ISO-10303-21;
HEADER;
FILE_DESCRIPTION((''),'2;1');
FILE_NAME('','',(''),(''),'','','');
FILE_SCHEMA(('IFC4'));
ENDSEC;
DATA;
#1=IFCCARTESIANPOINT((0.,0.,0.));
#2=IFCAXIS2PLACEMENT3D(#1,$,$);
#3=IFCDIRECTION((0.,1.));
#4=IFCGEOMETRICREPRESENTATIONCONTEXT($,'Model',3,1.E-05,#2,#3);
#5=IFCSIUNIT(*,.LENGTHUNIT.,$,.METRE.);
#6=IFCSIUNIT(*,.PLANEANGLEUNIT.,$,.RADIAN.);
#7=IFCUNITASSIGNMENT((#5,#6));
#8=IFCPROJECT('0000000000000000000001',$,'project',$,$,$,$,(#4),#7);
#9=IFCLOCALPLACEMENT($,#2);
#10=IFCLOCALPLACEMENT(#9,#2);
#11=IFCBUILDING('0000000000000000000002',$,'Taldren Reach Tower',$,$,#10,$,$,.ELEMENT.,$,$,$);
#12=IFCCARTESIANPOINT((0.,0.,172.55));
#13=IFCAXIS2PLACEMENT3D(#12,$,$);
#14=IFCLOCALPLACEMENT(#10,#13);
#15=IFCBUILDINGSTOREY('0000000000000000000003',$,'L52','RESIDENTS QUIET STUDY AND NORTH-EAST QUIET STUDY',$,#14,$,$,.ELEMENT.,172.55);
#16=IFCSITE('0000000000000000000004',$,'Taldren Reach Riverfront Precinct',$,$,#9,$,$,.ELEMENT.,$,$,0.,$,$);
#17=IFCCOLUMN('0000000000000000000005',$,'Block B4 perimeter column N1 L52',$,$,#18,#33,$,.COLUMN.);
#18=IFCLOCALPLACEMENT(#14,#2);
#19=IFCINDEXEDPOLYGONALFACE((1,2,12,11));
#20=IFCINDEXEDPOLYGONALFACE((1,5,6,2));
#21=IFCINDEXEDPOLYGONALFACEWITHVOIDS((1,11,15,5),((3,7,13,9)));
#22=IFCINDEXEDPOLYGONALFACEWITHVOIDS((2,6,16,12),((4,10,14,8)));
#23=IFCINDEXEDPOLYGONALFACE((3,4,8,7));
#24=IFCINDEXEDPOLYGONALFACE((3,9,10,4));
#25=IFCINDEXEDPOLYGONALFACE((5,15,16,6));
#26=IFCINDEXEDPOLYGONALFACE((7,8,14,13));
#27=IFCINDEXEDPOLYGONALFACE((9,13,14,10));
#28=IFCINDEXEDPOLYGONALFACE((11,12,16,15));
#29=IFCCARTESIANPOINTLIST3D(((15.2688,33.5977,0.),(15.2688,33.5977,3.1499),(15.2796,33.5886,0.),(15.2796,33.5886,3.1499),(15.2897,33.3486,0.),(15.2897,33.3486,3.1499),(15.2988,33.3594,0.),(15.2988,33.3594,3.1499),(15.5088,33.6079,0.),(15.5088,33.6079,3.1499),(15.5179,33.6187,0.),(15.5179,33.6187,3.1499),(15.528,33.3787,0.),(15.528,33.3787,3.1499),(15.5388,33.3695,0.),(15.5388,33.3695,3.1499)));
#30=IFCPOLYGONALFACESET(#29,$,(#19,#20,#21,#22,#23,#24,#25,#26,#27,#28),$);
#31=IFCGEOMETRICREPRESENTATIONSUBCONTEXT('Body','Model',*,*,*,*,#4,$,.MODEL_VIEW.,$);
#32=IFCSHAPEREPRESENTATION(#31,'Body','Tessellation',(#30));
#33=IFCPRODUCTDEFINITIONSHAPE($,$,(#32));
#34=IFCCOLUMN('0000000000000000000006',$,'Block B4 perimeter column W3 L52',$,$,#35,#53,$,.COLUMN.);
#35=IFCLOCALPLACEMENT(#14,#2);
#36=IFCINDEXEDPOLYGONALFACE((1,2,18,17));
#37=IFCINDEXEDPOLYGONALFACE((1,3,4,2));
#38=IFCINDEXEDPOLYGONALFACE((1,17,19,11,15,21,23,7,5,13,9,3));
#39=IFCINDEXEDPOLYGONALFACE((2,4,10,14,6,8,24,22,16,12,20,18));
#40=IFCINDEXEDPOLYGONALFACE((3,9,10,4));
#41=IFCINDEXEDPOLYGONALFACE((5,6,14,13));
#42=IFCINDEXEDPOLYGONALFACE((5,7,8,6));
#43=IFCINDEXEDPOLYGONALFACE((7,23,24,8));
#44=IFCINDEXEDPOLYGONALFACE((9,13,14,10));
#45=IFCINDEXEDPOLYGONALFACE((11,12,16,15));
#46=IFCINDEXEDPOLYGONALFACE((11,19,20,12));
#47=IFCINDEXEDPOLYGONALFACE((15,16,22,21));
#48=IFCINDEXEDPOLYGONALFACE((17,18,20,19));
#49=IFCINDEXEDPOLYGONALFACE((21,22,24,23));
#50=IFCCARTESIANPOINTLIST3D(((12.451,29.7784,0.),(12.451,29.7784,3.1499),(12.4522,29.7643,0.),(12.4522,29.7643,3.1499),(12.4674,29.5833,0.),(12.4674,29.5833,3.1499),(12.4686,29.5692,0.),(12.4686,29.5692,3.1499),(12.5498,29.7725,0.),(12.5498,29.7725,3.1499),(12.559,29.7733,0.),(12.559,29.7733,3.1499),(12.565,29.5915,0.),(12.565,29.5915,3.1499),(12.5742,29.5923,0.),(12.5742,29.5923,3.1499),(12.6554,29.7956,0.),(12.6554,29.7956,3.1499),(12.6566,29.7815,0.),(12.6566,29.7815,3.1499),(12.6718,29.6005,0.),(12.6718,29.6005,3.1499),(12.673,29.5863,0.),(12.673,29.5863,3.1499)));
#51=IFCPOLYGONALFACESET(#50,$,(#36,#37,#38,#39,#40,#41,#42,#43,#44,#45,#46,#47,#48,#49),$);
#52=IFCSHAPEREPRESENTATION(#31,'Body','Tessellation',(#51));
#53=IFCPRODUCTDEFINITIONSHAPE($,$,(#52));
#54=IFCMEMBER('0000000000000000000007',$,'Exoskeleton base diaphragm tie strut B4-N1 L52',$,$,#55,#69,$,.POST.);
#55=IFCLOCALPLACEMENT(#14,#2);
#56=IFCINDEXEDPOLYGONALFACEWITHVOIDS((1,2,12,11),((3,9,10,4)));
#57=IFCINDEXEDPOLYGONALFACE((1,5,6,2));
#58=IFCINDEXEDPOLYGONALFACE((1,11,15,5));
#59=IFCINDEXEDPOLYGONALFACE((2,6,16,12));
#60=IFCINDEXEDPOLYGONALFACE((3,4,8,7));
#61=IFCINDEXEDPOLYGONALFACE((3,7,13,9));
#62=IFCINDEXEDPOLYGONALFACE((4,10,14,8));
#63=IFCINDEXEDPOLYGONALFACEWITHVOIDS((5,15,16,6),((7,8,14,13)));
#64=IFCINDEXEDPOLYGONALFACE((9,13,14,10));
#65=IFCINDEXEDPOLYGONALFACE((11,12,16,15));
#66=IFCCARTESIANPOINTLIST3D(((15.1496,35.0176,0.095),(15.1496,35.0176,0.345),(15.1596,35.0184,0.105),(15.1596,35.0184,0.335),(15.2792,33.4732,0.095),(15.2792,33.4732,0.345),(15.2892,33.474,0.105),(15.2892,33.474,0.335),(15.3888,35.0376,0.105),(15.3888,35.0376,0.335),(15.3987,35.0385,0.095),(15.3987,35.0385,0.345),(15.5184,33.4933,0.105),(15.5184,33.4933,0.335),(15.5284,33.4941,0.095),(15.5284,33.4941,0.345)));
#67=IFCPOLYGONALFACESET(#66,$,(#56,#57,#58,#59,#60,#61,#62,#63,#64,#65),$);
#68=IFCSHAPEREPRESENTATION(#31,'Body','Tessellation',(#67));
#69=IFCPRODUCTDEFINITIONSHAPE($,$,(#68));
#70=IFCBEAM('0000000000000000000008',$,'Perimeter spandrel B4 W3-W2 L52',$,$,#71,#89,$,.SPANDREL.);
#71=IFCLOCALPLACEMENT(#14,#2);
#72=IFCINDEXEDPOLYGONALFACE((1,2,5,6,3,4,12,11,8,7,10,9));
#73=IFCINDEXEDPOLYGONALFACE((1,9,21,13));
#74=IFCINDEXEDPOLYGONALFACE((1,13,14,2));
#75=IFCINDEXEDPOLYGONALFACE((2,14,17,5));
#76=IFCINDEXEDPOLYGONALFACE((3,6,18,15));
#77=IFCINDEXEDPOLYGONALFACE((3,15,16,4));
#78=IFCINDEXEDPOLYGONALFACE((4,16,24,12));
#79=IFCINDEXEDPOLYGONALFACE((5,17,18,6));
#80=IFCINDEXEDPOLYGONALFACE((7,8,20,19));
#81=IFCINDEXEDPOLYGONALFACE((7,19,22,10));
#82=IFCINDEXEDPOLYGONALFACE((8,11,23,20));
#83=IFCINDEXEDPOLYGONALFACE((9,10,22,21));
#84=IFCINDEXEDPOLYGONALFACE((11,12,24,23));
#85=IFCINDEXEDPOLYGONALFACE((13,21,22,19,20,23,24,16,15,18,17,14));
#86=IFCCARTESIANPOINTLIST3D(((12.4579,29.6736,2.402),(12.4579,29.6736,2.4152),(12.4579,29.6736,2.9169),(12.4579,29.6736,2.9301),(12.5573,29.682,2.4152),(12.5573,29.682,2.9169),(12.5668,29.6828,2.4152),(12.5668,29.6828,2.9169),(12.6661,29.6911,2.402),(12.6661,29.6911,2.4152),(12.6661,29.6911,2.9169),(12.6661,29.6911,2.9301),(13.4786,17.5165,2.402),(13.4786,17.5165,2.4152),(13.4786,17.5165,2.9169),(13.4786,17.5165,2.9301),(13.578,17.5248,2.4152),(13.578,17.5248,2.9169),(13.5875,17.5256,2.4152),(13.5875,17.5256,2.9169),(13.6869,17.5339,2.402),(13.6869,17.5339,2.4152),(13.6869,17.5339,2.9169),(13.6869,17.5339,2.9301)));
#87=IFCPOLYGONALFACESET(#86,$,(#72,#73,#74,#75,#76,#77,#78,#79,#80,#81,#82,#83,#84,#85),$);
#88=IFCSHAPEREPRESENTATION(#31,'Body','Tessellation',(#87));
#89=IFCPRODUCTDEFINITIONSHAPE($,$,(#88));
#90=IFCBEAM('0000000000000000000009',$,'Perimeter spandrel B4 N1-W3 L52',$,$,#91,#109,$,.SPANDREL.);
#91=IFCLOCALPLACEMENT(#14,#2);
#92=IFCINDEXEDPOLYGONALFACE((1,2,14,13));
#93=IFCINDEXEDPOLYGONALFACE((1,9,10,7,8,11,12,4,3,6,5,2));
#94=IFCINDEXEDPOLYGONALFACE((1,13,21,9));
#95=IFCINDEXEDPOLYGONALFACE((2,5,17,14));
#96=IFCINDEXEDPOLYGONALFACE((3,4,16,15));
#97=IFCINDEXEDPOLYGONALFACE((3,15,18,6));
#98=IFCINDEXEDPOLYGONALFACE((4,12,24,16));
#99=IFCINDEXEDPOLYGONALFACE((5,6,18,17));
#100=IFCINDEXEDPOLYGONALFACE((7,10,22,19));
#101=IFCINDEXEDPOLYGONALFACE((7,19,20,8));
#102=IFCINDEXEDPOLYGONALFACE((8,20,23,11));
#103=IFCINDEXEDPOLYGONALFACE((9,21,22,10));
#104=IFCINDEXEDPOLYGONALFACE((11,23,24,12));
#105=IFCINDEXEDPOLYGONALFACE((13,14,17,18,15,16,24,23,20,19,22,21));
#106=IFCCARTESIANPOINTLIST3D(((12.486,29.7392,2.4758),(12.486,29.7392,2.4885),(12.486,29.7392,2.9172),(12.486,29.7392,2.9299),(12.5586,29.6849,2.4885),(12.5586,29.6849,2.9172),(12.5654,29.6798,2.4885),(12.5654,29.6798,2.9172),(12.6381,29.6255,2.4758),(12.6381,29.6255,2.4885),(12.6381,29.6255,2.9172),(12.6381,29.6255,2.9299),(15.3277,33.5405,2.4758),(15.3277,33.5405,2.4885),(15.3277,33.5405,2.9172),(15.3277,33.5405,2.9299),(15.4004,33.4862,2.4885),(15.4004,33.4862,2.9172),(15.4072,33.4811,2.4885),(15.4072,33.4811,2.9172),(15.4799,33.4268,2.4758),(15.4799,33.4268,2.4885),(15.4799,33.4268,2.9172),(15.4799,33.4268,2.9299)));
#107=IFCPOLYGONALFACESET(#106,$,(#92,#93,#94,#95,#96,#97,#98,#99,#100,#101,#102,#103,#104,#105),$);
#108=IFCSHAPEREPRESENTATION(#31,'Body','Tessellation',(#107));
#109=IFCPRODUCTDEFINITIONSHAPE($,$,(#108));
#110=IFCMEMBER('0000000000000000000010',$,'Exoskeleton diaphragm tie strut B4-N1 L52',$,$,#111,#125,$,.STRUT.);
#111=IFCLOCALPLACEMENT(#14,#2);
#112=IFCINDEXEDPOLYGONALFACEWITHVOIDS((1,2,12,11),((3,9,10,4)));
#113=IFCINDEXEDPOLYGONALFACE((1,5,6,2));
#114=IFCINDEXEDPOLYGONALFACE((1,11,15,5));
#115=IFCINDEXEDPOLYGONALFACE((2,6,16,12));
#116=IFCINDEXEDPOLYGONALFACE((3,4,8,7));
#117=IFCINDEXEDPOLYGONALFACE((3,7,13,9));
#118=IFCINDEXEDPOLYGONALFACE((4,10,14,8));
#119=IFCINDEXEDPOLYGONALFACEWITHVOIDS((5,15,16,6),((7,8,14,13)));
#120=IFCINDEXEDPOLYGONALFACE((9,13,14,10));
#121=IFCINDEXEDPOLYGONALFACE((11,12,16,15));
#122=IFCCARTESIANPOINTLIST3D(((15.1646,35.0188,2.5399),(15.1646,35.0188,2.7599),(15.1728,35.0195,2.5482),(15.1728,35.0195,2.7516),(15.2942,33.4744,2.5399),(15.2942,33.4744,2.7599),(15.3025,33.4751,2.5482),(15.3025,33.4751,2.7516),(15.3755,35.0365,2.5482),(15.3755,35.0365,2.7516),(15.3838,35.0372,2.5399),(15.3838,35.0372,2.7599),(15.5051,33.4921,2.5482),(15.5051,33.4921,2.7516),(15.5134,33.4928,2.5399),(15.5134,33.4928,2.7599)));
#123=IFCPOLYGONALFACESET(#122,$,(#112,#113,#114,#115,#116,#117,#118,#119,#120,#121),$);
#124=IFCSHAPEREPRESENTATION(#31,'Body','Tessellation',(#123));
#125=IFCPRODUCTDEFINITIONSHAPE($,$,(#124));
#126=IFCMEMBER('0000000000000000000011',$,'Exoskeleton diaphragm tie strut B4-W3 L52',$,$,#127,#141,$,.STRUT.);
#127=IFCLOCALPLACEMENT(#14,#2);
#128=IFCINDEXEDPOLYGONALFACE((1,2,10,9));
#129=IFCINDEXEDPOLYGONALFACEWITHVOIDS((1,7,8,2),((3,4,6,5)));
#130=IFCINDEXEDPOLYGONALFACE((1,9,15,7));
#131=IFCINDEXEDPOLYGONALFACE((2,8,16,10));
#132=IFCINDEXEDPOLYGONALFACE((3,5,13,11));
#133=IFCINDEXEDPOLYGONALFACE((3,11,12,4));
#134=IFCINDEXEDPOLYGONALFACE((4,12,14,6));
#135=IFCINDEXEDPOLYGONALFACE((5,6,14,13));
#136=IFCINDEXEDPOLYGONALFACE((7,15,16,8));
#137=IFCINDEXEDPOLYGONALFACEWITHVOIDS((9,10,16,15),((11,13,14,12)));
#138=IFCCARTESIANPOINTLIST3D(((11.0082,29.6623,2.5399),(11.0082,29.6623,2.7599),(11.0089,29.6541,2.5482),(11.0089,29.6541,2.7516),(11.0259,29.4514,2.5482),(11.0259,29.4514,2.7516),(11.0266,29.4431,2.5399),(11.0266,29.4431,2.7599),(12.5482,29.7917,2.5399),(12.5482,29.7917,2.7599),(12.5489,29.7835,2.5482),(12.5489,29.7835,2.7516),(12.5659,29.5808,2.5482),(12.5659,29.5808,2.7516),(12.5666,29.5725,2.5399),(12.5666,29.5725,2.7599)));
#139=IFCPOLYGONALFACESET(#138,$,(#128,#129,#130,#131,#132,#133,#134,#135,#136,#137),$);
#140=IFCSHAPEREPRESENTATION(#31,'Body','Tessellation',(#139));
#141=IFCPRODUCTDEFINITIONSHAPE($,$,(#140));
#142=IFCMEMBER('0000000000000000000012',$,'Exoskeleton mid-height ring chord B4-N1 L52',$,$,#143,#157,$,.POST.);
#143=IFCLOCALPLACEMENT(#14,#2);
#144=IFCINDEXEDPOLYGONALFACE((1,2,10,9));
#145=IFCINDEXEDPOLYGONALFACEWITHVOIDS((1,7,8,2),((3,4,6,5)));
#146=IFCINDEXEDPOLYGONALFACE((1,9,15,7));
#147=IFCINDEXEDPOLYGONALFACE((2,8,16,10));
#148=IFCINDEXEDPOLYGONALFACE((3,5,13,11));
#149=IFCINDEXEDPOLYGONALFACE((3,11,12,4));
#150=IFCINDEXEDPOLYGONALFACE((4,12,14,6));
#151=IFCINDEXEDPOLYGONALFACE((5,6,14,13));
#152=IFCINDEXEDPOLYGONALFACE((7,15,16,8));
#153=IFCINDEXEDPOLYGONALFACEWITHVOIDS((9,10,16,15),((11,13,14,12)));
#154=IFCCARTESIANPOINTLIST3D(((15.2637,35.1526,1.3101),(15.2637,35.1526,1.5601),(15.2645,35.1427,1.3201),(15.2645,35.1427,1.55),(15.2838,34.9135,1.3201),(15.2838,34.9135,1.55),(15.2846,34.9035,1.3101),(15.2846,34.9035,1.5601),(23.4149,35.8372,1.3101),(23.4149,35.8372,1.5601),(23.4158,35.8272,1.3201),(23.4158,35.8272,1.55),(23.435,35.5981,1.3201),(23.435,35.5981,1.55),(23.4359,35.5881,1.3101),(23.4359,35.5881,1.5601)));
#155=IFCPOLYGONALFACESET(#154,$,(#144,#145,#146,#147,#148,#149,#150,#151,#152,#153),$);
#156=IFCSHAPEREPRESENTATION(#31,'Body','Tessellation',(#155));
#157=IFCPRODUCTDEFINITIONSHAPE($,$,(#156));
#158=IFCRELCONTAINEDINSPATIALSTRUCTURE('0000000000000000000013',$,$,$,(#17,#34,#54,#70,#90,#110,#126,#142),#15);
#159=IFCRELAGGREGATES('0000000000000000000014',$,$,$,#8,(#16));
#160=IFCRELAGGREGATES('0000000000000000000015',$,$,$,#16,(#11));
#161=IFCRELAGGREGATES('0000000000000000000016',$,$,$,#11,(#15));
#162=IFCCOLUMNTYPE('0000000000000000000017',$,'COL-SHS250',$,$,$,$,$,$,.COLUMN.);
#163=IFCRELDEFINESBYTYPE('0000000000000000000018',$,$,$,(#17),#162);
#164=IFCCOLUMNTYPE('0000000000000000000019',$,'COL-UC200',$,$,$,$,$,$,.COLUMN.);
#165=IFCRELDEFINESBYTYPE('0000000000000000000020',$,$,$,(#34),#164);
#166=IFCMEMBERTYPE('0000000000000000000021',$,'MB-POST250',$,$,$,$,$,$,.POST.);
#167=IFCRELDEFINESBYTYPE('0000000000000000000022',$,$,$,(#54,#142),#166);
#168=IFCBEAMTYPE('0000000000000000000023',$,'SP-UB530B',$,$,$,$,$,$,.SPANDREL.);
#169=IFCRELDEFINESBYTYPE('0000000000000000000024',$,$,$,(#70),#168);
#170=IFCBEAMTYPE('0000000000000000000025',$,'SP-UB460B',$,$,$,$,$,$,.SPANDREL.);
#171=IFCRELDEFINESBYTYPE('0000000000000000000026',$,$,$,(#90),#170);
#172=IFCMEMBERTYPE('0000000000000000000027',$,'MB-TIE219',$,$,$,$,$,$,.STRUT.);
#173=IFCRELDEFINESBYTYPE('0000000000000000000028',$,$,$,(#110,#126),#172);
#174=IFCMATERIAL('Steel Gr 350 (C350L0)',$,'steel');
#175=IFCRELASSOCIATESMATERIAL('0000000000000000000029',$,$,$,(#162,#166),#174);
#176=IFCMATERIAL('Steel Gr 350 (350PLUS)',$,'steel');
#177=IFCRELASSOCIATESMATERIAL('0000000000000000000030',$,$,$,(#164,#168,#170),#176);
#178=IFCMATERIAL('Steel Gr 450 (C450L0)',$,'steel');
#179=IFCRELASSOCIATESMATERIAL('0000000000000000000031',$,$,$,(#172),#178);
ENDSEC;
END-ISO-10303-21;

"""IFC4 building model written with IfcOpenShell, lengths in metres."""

from ifc_helpers import new_model, si_unit, direction, frame, origin, origin_2d, place, context, subcontext, project, spatial, hollow_rectangle, i_section, extrude, source, transform, mapped, material, material_profile, profile_set, type_object, element, save


model = new_model("IFC4")

# Units and contexts
model_context = context("Model", 3, precision=1e-05, world=origin(), true_north=direction((0.0, 1.0)))
body_context = subcontext(model_context, "Body", "Model", "MODEL_VIEW")
ifc_project = project(units=[si_unit("LENGTHUNIT", "METRE"), si_unit("PLANEANGLEUNIT", "RADIAN")], contexts=[model_context])

# Site, building, storey
site_placement = place(None, origin())
site = spatial("IfcSite", under=ifc_project, at=site_placement, Name="Taldren Reach Riverfront Precinct", CompositionType="ELEMENT", RefElevation=0.0)
building_placement = place(site_placement, origin())
building = spatial("IfcBuilding", under=site, at=building_placement, Name="Taldren Reach Tower", CompositionType="ELEMENT")
storey_placement = place(building_placement, frame((0.0, 0.0, 172.55)))
storey = spatial("IfcBuildingStorey", under=building, at=storey_placement, Name="L52", Description="RESIDENTS QUIET STUDY AND NORTH-EAST QUIET STUDY", CompositionType="ELEMENT", Elevation=172.55)

# Columns
ifc_material_1 = material(Name="Steel Gr 350 (C350L0)", Category="steel")
ifc_material_profile_1 = material_profile(ifc_material_1, hollow_rectangle(XDim=0.25, YDim=0.25, WallThickness=0.01, at=origin_2d()), Name="250x250x10.0SHS")
ifc_profile_set_1 = profile_set([ifc_material_profile_1], Name="Steel Gr 350 (C350L0)")
column_type_1 = type_object("IfcColumnType", Name="COL-SHS250", PredefinedType="COLUMN", material=ifc_profile_set_1)
shared_shape_1 = source(origin(), body_context, "Body", "SweptSolid", [
    extrude(hollow_rectangle(XDim=0.25, YDim=0.25, WallThickness=0.01, at=origin_2d()), origin(), (0.0, 0.0, 1.0), 3.1499),
])
column_1_placement = place(storey_placement, frame((15.4038, 33.4836, 0.0), z_axis=(0.0, 0.0, 1.0), x_axis=(0.996493, 0.083678, 0.0)))
element("IfcColumn", 1, at=column_1_placement, inside=storey, type_object=column_type_1, Name="Block B4 perimeter column N1 L52", PredefinedType="COLUMN", context=body_context, shape_type="MappedRepresentation", body=[
    mapped(shared_shape_1, transform((0.0, 0.0, 0.0), scale=1.0)),
])
ifc_material_2 = material(Name="Steel Gr 350 (350PLUS)", Category="steel")
ifc_material_profile_2 = material_profile(ifc_material_2, i_section(OverallWidth=0.2051, OverallDepth=0.21, WebThickness=0.0093, FlangeThickness=0.0142, at=origin_2d()), Name="200UC59.5")
ifc_profile_set_2 = profile_set([ifc_material_profile_2], Name="Steel Gr 350 (350PLUS)")
column_type_2 = type_object("IfcColumnType", Name="COL-UC200", PredefinedType="COLUMN", material=ifc_profile_set_2)
shared_shape_2 = source(origin(), body_context, "Body", "SweptSolid", [
    extrude(i_section(OverallWidth=0.2051, OverallDepth=0.21, WebThickness=0.0093, FlangeThickness=0.0142, at=origin_2d()), origin(), (0.0, 0.0, 1.0), 3.1499),
])
column_2_placement = place(storey_placement, frame((12.562, 29.6824, 0.0), z_axis=(0.0, 0.0, 1.0), x_axis=(0.996493, 0.083678, 0.0)))
element("IfcColumn", 2, at=column_2_placement, inside=storey, type_object=column_type_2, Name="Block B4 perimeter column W3 L52", PredefinedType="COLUMN", context=body_context, shape_type="MappedRepresentation", body=[
    mapped(shared_shape_2, transform((0.0, 0.0, 0.0), scale=1.0)),
])

# Member
ifc_material_profile_3 = material_profile(ifc_material_1, hollow_rectangle(XDim=0.25, YDim=0.25, WallThickness=0.01, at=origin_2d()), Name="250x250x10.0SHS")
ifc_profile_set_3 = profile_set([ifc_material_profile_3], Name="Steel Gr 350 (C350L0)")
member_type_1 = type_object("IfcMemberType", Name="MB-POST250", PredefinedType="POST", material=ifc_profile_set_3)
shared_shape_3 = source(origin(), body_context, "Body", "SweptSolid", [
    extrude(hollow_rectangle(XDim=0.25, YDim=0.25, WallThickness=0.01, at=origin_2d()), origin(), (0.0, 0.0, 1.0), 1.5498),
])
member_1_placement = place(storey_placement, frame((15.4038, 33.4836, 0.22), z_axis=(-0.083645, 0.996496, 0.0), x_axis=(-0.996496, -0.083645, 0.0)))
element("IfcMember", 3, at=member_1_placement, inside=storey, type_object=member_type_1, Name="Exoskeleton base diaphragm tie strut B4-N1 L52", PredefinedType="POST", context=body_context, shape_type="MappedRepresentation", body=[
    mapped(shared_shape_3, transform((0.0, 0.0, 0.0), scale=1.0)),
])

# Beams
ifc_material_profile_4 = material_profile(ifc_material_2, i_section(OverallWidth=0.209, OverallDepth=0.5281, WebThickness=0.0095, FlangeThickness=0.0132, at=origin_2d()), Name="530UB82.0")
ifc_profile_set_4 = profile_set([ifc_material_profile_4], Name="Steel Gr 350 (350PLUS)")
beam_type_1 = type_object("IfcBeamType", Name="SP-UB530B", PredefinedType="SPANDREL", material=ifc_profile_set_4)
shared_shape_4 = source(origin(), body_context, "Body", "SweptSolid", [
    extrude(i_section(OverallWidth=0.209, OverallDepth=0.5281, WebThickness=0.0095, FlangeThickness=0.0132, at=origin_2d()), origin(), (0.0, 0.0, 1.0), 12.2),
])
beam_1_placement = place(storey_placement, frame((12.562, 29.6824, 2.666), z_axis=(0.083668, -0.996494, 0.0), x_axis=(0.996494, 0.083668, 0.0)))
element("IfcBeam", 4, at=beam_1_placement, inside=storey, type_object=beam_type_1, Name="Perimeter spandrel B4 W3-W2 L52", PredefinedType="SPANDREL", context=body_context, shape_type="MappedRepresentation", body=[
    mapped(shared_shape_4, transform((0.0, 0.0, 0.0), scale=1.0)),
])
ifc_material_profile_5 = material_profile(ifc_material_2, i_section(OverallWidth=0.1899, OverallDepth=0.4541, WebThickness=0.0085, FlangeThickness=0.0127, at=origin_2d()), Name="460UB67.1")
ifc_profile_set_5 = profile_set([ifc_material_profile_5], Name="Steel Gr 350 (350PLUS)")
beam_type_2 = type_object("IfcBeamType", Name="SP-UB460B", PredefinedType="SPANDREL", material=ifc_profile_set_5)
shared_shape_5 = source(origin(), body_context, "Body", "SweptSolid", [
    extrude(i_section(OverallWidth=0.1899, OverallDepth=0.4541, WebThickness=0.0085, FlangeThickness=0.0127, at=origin_2d()), origin(), (0.0, 0.0, 1.0), 4.7461),
])
beam_2_placement = place(storey_placement, frame((15.4038, 33.4836, 2.7029), z_axis=(-0.598765, -0.800925, 0.0), x_axis=(0.800925, -0.598765, 0.0)))
element("IfcBeam", 5, at=beam_2_placement, inside=storey, type_object=beam_type_2, Name="Perimeter spandrel B4 N1-W3 L52", PredefinedType="SPANDREL", context=body_context, shape_type="MappedRepresentation", body=[
    mapped(shared_shape_5, transform((0.0, 0.0, 0.0), scale=1.0)),
])

# Members
ifc_material_3 = material(Name="Steel Gr 450 (C450L0)", Category="steel")
ifc_material_profile_6 = material_profile(ifc_material_3, hollow_rectangle(XDim=0.22, YDim=0.22, WallThickness=0.0083, at=origin_2d()), Name="220x220x8.2SHS")
ifc_profile_set_6 = profile_set([ifc_material_profile_6], Name="Steel Gr 450 (C450L0)")
member_type_2 = type_object("IfcMemberType", Name="MB-TIE219", PredefinedType="STRUT", material=ifc_profile_set_6)
shared_shape_6 = source(origin(), body_context, "Body", "SweptSolid", [
    extrude(hollow_rectangle(XDim=0.22, YDim=0.22, WallThickness=0.0083, at=origin_2d()), origin(), (0.0, 0.0, 1.0), 1.5498),
])
member_2_placement = place(storey_placement, frame((15.4038, 33.4836, 2.6499), z_axis=(-0.083645, 0.996496, 0.0), x_axis=(-0.996496, -0.083645, 0.0)))
element("IfcMember", 6, at=member_2_placement, inside=storey, type_object=member_type_2, Name="Exoskeleton diaphragm tie strut B4-N1 L52", PredefinedType="STRUT", context=body_context, shape_type="MappedRepresentation", body=[
    mapped(shared_shape_6, transform((0.0, 0.0, 0.0), scale=1.0)),
])
shared_shape_7 = source(origin(), body_context, "Body", "SweptSolid", [
    extrude(hollow_rectangle(XDim=0.22, YDim=0.22, WallThickness=0.0083, at=origin_2d()), origin(), (0.0, 0.0, 1.0), 1.5454),
])
member_3_placement = place(storey_placement, frame((12.5574, 29.6821, 2.6499), z_axis=(-0.996489, -0.083725, 0.0), x_axis=(0.083725, -0.996489, 0.0)))
element("IfcMember", 7, at=member_3_placement, inside=storey, type_object=member_type_2, Name="Exoskeleton diaphragm tie strut B4-W3 L52", PredefinedType="STRUT", context=body_context, shape_type="MappedRepresentation", body=[
    mapped(shared_shape_7, transform((0.0, 0.0, 0.0), scale=1.0)),
])
shared_shape_8 = source(origin(), body_context, "Body", "SweptSolid", [
    extrude(hollow_rectangle(XDim=0.25, YDim=0.25, WallThickness=0.01, at=origin_2d()), origin(), (0.0, 0.0, 1.0), 8.1799),
])
member_4_placement = place(storey_placement, frame((15.2742, 35.0281, 1.4351), z_axis=(0.996492, 0.08369, 0.0), x_axis=(-0.08369, 0.996492, 0.0)))
element("IfcMember", 8, at=member_4_placement, inside=storey, type_object=member_type_1, Name="Exoskeleton mid-height ring chord B4-N1 L52", PredefinedType="POST", context=body_context, shape_type="MappedRepresentation", body=[
    mapped(shared_shape_8, transform((0.0, 0.0, 0.0), scale=1.0)),
])

save(model, "model.ifc")
